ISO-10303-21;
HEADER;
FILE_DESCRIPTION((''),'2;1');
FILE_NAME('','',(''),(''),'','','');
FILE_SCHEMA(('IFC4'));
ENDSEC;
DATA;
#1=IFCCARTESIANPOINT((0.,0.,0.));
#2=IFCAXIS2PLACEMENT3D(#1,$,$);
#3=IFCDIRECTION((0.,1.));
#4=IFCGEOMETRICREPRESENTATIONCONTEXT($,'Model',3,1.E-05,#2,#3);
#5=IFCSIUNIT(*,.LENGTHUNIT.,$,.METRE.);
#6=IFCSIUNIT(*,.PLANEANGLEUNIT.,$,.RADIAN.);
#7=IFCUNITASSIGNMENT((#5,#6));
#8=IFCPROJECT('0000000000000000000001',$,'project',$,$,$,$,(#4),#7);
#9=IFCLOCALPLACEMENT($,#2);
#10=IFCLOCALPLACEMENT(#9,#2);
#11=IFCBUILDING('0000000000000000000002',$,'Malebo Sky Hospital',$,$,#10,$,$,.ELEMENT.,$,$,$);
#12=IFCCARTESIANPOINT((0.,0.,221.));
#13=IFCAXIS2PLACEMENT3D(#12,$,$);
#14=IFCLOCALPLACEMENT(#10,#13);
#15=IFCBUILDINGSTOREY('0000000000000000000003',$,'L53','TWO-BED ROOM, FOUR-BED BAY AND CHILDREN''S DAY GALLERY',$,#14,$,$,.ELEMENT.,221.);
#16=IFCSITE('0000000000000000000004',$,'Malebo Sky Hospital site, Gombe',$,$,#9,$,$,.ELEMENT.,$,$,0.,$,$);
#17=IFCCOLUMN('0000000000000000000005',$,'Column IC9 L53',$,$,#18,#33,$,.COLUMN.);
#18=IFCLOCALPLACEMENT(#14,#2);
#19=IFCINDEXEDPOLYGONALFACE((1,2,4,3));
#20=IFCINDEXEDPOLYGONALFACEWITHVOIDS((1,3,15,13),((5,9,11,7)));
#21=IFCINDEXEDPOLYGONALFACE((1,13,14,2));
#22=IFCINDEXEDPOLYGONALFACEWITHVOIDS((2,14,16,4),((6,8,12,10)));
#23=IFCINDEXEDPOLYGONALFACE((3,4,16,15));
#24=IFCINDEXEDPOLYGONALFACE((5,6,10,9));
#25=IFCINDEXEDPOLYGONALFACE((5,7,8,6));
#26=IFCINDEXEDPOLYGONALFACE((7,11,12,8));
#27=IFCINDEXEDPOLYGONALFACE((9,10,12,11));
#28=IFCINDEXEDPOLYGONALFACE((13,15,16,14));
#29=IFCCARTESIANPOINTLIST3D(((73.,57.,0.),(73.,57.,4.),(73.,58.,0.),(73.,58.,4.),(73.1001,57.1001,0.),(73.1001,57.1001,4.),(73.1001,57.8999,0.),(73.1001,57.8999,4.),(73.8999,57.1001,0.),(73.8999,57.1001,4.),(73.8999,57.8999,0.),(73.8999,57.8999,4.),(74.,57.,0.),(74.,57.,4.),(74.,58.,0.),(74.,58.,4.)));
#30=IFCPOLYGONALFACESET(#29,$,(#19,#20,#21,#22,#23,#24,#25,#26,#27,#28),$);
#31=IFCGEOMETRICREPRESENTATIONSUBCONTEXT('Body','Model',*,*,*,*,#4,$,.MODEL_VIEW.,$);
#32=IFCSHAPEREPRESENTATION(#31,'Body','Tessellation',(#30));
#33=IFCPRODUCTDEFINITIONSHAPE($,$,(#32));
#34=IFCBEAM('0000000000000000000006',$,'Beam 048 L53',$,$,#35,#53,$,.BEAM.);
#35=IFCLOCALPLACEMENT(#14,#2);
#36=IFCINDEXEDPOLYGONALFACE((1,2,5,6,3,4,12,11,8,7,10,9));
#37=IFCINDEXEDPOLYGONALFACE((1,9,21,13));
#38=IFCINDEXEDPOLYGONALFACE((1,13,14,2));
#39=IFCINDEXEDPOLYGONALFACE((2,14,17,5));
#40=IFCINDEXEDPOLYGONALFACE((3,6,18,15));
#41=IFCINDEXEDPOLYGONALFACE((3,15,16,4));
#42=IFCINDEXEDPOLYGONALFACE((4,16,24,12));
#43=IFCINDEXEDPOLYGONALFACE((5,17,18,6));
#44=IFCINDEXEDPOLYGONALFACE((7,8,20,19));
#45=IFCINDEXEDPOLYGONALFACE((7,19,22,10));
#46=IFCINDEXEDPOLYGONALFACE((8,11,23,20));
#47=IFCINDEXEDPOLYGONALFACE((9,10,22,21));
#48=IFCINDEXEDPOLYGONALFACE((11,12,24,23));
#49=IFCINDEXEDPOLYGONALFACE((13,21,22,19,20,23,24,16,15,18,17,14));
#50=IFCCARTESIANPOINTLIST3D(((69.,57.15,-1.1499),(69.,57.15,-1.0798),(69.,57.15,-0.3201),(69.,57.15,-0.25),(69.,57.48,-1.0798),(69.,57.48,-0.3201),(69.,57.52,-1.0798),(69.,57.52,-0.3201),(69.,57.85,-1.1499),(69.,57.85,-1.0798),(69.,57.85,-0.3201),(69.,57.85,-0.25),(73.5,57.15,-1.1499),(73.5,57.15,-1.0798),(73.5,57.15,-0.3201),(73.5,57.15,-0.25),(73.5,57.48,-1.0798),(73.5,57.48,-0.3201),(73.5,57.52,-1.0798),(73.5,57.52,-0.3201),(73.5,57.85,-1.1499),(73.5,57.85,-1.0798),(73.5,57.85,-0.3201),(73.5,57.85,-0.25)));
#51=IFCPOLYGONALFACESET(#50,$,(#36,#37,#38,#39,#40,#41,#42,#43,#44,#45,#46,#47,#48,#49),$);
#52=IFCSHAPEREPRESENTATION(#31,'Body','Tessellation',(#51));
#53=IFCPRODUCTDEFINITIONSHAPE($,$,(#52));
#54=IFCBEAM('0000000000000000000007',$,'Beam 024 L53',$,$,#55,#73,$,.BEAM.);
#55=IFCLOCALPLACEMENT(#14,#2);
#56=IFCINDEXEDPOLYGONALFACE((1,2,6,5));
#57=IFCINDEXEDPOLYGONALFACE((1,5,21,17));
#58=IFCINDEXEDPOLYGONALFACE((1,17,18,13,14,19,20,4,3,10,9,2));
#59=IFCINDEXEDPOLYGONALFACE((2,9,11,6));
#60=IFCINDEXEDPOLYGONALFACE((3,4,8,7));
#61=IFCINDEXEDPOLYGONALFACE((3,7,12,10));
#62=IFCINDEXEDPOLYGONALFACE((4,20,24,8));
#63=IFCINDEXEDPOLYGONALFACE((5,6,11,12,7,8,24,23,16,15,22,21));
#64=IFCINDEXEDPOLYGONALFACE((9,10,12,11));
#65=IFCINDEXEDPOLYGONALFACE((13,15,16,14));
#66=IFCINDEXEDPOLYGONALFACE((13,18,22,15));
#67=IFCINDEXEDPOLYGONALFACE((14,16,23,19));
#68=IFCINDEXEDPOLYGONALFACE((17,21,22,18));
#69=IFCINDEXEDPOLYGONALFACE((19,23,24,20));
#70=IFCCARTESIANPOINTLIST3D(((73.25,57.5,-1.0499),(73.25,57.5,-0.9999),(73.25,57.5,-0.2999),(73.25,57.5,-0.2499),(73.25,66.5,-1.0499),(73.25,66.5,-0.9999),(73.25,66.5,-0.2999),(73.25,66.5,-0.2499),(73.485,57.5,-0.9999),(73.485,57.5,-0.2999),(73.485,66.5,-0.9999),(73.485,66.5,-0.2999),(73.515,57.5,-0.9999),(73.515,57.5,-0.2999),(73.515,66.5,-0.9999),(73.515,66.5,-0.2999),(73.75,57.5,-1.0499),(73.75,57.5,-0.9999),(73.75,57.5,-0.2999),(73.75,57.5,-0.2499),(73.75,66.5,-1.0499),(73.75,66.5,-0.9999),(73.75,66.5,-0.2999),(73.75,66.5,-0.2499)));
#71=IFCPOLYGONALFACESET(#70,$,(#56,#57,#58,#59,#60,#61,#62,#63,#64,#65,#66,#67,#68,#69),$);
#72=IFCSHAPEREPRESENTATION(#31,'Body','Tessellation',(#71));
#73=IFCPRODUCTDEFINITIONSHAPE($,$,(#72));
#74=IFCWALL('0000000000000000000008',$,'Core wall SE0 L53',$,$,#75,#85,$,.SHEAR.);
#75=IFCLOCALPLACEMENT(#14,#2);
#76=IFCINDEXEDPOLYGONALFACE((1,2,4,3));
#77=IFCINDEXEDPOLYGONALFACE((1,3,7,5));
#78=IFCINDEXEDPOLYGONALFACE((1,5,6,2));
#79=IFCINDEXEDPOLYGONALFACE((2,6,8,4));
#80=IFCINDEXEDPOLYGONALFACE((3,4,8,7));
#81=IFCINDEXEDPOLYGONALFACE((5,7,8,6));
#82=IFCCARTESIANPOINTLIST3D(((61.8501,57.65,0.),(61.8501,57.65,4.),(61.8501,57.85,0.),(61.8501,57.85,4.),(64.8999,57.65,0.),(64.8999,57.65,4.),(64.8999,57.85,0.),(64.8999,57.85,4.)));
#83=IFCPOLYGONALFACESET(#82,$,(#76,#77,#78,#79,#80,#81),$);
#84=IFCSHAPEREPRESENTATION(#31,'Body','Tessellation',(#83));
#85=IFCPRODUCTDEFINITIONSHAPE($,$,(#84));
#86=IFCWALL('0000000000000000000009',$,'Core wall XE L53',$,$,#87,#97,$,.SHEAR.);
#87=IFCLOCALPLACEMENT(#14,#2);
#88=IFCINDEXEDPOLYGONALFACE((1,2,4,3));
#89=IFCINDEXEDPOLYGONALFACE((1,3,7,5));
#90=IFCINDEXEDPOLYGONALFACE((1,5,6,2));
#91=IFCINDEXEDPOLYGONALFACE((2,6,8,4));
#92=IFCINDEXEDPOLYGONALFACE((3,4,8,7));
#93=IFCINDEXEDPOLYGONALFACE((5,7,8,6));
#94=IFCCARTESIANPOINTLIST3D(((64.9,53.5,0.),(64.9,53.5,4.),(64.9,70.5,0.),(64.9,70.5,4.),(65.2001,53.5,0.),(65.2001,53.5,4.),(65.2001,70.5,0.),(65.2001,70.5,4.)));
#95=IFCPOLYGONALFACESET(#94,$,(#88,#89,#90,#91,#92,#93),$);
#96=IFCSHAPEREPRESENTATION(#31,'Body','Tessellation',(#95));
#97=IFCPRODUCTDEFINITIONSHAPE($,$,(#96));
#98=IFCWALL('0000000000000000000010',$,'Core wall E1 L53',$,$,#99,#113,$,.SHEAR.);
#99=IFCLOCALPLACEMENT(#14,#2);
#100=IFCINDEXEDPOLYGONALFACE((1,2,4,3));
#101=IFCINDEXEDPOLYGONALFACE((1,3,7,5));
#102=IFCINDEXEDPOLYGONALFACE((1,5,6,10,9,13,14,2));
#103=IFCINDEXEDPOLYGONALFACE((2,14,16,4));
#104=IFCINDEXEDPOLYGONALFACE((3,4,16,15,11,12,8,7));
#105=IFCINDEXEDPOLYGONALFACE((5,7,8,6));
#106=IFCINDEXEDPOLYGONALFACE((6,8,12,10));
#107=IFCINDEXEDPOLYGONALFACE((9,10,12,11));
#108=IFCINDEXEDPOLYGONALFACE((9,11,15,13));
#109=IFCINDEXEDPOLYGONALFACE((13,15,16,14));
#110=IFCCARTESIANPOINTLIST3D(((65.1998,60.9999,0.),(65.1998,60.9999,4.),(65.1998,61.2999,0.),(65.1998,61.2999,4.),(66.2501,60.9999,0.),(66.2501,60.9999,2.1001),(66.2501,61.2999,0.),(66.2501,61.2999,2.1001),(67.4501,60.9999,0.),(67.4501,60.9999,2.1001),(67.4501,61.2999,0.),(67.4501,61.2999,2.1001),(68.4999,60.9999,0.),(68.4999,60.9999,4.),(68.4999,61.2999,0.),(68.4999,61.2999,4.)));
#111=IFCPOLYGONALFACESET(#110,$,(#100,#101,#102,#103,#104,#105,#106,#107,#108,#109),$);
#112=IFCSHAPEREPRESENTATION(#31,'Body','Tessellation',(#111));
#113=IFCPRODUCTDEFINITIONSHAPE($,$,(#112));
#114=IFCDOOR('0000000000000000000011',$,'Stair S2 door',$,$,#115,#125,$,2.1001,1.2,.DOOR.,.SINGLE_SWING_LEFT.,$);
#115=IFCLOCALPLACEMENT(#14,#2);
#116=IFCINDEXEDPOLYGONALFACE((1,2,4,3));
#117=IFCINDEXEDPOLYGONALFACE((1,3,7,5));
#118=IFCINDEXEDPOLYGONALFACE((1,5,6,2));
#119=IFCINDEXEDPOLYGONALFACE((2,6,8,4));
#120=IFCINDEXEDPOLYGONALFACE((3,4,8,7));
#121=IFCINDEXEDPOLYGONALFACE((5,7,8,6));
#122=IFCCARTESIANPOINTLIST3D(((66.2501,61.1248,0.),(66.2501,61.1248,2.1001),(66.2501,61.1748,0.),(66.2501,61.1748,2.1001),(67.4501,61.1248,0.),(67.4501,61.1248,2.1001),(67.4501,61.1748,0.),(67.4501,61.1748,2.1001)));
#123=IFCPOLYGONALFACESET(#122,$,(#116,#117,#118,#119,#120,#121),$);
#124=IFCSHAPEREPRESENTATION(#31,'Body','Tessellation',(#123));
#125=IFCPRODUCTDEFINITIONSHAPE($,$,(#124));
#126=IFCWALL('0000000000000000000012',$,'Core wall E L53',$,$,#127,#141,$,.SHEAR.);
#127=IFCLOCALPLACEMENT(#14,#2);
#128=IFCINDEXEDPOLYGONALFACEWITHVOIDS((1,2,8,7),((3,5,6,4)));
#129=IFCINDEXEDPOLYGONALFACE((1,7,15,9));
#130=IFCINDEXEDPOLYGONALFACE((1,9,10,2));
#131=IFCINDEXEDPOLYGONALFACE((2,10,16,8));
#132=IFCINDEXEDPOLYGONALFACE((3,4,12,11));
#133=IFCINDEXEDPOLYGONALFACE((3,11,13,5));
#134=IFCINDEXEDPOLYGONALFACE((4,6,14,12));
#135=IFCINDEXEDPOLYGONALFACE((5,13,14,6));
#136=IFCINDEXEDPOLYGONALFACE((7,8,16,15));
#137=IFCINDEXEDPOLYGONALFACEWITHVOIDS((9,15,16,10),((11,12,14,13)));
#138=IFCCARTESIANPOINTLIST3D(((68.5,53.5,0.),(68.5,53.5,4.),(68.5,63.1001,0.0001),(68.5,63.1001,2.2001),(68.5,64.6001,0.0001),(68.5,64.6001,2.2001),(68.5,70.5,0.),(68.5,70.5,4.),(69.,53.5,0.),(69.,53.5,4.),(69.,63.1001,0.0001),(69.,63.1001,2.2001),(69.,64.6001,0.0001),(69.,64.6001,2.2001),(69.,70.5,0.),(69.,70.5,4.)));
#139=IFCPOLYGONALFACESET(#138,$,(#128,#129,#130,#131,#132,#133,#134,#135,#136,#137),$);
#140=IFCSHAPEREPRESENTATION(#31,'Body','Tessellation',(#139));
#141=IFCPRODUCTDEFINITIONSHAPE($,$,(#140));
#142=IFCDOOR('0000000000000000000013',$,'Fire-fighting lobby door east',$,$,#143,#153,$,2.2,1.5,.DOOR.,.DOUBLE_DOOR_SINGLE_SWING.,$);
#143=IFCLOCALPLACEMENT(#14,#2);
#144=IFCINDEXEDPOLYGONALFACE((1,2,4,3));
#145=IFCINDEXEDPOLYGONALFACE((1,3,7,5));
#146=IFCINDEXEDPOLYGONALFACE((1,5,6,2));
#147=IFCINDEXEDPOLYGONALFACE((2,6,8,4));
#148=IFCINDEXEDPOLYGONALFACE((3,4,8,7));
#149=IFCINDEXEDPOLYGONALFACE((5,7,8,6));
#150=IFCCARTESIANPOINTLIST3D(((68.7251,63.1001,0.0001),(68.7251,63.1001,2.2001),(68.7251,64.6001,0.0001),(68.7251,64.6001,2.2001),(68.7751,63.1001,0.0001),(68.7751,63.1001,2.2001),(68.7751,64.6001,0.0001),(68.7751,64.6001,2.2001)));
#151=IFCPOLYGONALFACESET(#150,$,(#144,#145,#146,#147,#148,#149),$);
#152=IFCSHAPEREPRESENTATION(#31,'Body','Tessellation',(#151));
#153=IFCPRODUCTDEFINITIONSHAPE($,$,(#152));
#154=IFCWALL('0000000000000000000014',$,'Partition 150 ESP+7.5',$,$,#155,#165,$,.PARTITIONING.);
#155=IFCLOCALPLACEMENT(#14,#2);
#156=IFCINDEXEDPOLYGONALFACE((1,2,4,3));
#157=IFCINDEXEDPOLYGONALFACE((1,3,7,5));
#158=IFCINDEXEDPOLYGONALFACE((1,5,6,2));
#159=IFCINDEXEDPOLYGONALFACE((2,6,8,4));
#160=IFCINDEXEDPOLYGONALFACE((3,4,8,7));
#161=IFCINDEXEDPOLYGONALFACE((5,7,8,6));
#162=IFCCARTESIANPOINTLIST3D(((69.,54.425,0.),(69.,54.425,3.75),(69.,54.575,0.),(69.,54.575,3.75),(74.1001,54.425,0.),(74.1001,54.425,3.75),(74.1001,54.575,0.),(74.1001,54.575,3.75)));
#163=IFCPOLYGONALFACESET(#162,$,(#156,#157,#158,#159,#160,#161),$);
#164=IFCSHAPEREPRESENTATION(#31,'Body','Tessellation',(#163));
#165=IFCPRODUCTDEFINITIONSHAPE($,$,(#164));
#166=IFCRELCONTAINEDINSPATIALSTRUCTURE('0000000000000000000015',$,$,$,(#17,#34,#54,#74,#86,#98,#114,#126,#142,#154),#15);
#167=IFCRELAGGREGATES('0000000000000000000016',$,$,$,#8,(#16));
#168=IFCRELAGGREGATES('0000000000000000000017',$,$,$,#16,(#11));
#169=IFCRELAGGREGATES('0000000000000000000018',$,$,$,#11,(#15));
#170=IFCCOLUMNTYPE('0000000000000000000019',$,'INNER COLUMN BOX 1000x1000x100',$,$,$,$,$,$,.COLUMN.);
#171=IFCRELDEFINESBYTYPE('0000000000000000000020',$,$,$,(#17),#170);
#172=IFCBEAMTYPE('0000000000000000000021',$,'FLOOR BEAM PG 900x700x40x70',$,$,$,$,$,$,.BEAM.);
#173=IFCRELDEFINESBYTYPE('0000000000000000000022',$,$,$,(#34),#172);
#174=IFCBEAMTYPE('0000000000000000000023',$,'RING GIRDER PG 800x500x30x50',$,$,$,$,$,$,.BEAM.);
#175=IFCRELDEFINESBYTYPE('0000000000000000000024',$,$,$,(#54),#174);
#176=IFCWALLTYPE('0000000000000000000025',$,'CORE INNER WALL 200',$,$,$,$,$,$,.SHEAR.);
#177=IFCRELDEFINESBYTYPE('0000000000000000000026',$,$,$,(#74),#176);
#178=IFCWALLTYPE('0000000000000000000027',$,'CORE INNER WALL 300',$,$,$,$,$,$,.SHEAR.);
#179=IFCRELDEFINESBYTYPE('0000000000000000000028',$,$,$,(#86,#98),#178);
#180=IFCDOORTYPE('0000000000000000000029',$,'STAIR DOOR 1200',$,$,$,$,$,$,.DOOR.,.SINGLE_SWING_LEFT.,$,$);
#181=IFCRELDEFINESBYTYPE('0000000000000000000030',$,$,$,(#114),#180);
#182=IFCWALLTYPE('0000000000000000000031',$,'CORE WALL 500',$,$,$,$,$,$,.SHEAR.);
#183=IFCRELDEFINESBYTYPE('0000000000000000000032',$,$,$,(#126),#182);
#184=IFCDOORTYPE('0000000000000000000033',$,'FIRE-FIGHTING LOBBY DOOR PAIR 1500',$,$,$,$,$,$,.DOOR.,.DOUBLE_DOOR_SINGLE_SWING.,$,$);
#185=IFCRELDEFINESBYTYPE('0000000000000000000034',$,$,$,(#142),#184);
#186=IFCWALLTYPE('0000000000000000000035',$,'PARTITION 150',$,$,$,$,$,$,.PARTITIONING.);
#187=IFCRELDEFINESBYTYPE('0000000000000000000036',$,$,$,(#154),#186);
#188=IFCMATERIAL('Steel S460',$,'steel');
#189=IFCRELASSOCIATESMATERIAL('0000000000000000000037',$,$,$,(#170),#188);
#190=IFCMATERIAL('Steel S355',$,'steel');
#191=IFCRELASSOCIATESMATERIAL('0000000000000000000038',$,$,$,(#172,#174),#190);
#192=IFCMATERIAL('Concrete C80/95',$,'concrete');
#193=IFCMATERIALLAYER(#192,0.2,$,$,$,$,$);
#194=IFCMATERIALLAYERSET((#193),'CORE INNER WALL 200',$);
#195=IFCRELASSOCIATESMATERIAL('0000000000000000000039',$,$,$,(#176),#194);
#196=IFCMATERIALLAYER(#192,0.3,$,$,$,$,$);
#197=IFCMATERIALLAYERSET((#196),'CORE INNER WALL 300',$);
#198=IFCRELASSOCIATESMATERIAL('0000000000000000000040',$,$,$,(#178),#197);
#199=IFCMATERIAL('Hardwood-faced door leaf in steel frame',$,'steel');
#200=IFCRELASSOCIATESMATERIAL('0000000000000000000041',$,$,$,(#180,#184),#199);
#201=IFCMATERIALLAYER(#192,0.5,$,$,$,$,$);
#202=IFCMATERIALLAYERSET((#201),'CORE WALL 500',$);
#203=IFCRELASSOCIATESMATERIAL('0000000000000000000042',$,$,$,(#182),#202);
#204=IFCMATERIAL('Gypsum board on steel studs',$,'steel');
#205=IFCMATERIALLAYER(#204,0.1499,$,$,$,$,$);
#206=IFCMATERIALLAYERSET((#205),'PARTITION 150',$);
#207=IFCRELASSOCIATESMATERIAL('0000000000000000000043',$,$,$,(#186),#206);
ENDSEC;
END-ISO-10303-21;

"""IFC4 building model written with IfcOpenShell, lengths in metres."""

from ifc_helpers import new_model, si_unit, direction, frame, frame_2d, origin, origin_2d, place, context, subcontext, project, spatial, rectangle, hollow_rectangle, i_section, extrude, material, layer, layer_set, material_profile, profile_set, type_object, element, fill, save


model = new_model("IFC4")

# Units and contexts
model_context = context("Model", 3, precision=1e-05, world=origin(), true_north=direction((0.0, 1.0)))
body_context = subcontext(model_context, "Body", "Model", "MODEL_VIEW")
ifc_project = project(units=[si_unit("LENGTHUNIT", "METRE"), si_unit("PLANEANGLEUNIT", "RADIAN")], contexts=[model_context])

# Site, building, storey
site_placement = place(None, origin())
site = spatial("IfcSite", under=ifc_project, at=site_placement, Name="Malebo Sky Hospital site, Gombe", CompositionType="ELEMENT", RefElevation=0.0)
building_placement = place(site_placement, origin())
building = spatial("IfcBuilding", under=site, at=building_placement, Name="Malebo Sky Hospital", CompositionType="ELEMENT")
storey_placement = place(building_placement, frame((0.0, 0.0, 221.0)))
storey = spatial("IfcBuildingStorey", under=building, at=storey_placement, Name="L53", Description="TWO-BED ROOM, FOUR-BED BAY AND CHILDREN'S DAY GALLERY", CompositionType="ELEMENT", Elevation=221.0)

# Column
ifc_material_1 = material(Name="Steel S460", Category="steel")
ifc_material_profile_1 = material_profile(ifc_material_1, hollow_rectangle(XDim=1.0, YDim=1.0, WallThickness=0.1001, at=origin_2d()), Name="BOX 1000x1000x100")
ifc_profile_set_1 = profile_set([ifc_material_profile_1], Name="Steel S460")
column_type = type_object("IfcColumnType", Name="INNER COLUMN BOX 1000x1000x100", PredefinedType="COLUMN", material=ifc_profile_set_1)
column_placement = place(storey_placement, frame((73.5, 57.5, 0.0), z_axis=(0.0, 0.0, 1.0), x_axis=(1.0, 0.0, 0.0)))
element("IfcColumn", 1, at=column_placement, inside=storey, type_object=column_type, Name="Column IC9 L53", PredefinedType="COLUMN", context=body_context, shape_type="SweptSolid", body=[
    extrude(hollow_rectangle(XDim=1.0, YDim=1.0, WallThickness=0.1001, at=origin_2d()), origin(), (0.0, 0.0, 1.0), 4.0),
])

# Beams
ifc_material_2 = material(Name="Steel S355", Category="steel")
ifc_material_profile_2 = material_profile(ifc_material_2, i_section(OverallWidth=0.7, OverallDepth=0.8999, WebThickness=0.04, FlangeThickness=0.0701, at=origin_2d()), Name="PG 900x700x40x70")
ifc_profile_set_2 = profile_set([ifc_material_profile_2], Name="Steel S355")
beam_type_1 = type_object("IfcBeamType", Name="FLOOR BEAM PG 900x700x40x70", PredefinedType="BEAM", material=ifc_profile_set_2)
beam_1_placement = place(storey_placement, frame((69.0, 57.5, -0.7), z_axis=(1.0, 0.0, 0.0), x_axis=(0.0, 1.0, 0.0)))
element("IfcBeam", 2, at=beam_1_placement, inside=storey, type_object=beam_type_1, Name="Beam 048 L53", PredefinedType="BEAM", context=body_context, shape_type="SweptSolid", body=[
    extrude(i_section(OverallWidth=0.7, OverallDepth=0.8999, WebThickness=0.04, FlangeThickness=0.0701, at=origin_2d()), origin(), (0.0, 0.0, 1.0), 4.5),
])
ifc_material_profile_3 = material_profile(ifc_material_2, i_section(OverallWidth=0.5, OverallDepth=0.8, WebThickness=0.03, FlangeThickness=0.05, at=origin_2d()), Name="PG 800x500x30x50")
ifc_profile_set_3 = profile_set([ifc_material_profile_3], Name="Steel S355")
beam_type_2 = type_object("IfcBeamType", Name="RING GIRDER PG 800x500x30x50", PredefinedType="BEAM", material=ifc_profile_set_3)
beam_2_placement = place(storey_placement, frame((73.5, 57.5, -0.6499), z_axis=(0.0, 1.0, 0.0), x_axis=(-1.0, 0.0, 0.0)))
element("IfcBeam", 3, at=beam_2_placement, inside=storey, type_object=beam_type_2, Name="Beam 024 L53", PredefinedType="BEAM", context=body_context, shape_type="SweptSolid", body=[
    extrude(i_section(OverallWidth=0.5, OverallDepth=0.8, WebThickness=0.03, FlangeThickness=0.05, at=origin_2d()), origin(), (0.0, 0.0, 1.0), 9.0),
])

# Walls
ifc_material_3 = material(Name="Concrete C80/95", Category="concrete")
ifc_layer_1 = layer(ifc_material_3, 0.2)
ifc_layer_set_1 = layer_set([ifc_layer_1], Name="CORE INNER WALL 200")
wall_type_1 = type_object("IfcWallType", Name="CORE INNER WALL 200", PredefinedType="SHEAR", material=ifc_layer_set_1)
wall_1_placement = place(storey_placement, frame((61.8501, 57.75, 0.0), z_axis=(0.0, 0.0, 1.0), x_axis=(1.0, 0.0, 0.0)))
element("IfcWall", 4, at=wall_1_placement, inside=storey, type_object=wall_type_1, Name="Core wall SE0 L53", PredefinedType="SHEAR", context=body_context, shape_type="SweptSolid", body=[
    extrude(rectangle(XDim=3.0498, YDim=0.2, at=frame_2d((1.5249, 0.0))), origin(), (0.0, 0.0, 1.0), 4.0),
])
ifc_layer_2 = layer(ifc_material_3, 0.3)
ifc_layer_set_2 = layer_set([ifc_layer_2], Name="CORE INNER WALL 300")
wall_type_2 = type_object("IfcWallType", Name="CORE INNER WALL 300", PredefinedType="SHEAR", material=ifc_layer_set_2)
wall_2_placement = place(storey_placement, frame((65.05, 53.5, 0.0), z_axis=(0.0, 0.0, 1.0), x_axis=(0.0, 1.0, 0.0)))
element("IfcWall", 5, at=wall_2_placement, inside=storey, type_object=wall_type_2, Name="Core wall XE L53", PredefinedType="SHEAR", context=body_context, shape_type="SweptSolid", body=[
    extrude(rectangle(XDim=17.0, YDim=0.3, at=frame_2d((8.5, 0.0))), origin(), (0.0, 0.0, 1.0), 4.0),
])

# Walls, openings, doors
wall_3_placement = place(storey_placement, frame((65.2, 61.1499, 0.0), z_axis=(0.0, 0.0, 1.0), x_axis=(1.0, 0.0, 0.0)))
wall_3 = element("IfcWall", 6, at=wall_3_placement, inside=storey, type_object=wall_type_2, Name="Core wall E1 L53", PredefinedType="SHEAR", context=body_context, shape_type="SweptSolid", body=[
    extrude(rectangle(XDim=3.3, YDim=0.3, at=frame_2d((1.6499, 0.0))), origin(), (0.0, 0.0, 1.0), 4.0),
])
opening_1_placement = place(wall_3_placement, frame((1.05, 0.0, 0.0)))
opening_1 = element("IfcOpeningElement", 7, at=opening_1_placement, cuts=wall_3, PredefinedType="OPENING", context=body_context, shape_type="SweptSolid", body=[
    extrude(rectangle(XDim=1.2, YDim=2.1001, at=frame_2d((0.6001, 1.05))), frame((0.0, 0.1599, 0.0), z_axis=(0.0, -1.0, 0.0), x_axis=(1.0, 0.0, 0.0)), (0.0, 0.0, 1.0), 0.3201),
])
ifc_material_4 = material(Name="Hardwood-faced door leaf in steel frame", Category="steel")
door_type_1 = type_object("IfcDoorType", Name="STAIR DOOR 1200", OperationType="SINGLE_SWING_LEFT", PredefinedType="DOOR", material=ifc_material_4)
door_1_placement = place(opening_1_placement, origin())
door_1 = element("IfcDoor", 8, at=door_1_placement, inside=storey, type_object=door_type_1, Name="Stair S2 door", OperationType="SINGLE_SWING_LEFT", OverallHeight=2.1001, OverallWidth=1.2, PredefinedType="DOOR", context=body_context, shape_type="SweptSolid", body=[
    extrude(rectangle(XDim=1.2, YDim=2.1001, at=frame_2d((0.6001, 1.05))), frame((0.0, 0.0249, 0.0), z_axis=(0.0, -1.0, 0.0), x_axis=(1.0, 0.0, 0.0)), (0.0, 0.0, 1.0), 0.05),
])
fill(opening_1, door_1)
ifc_layer_3 = layer(ifc_material_3, 0.5)
ifc_layer_set_3 = layer_set([ifc_layer_3], Name="CORE WALL 500")
wall_type_3 = type_object("IfcWallType", Name="CORE WALL 500", PredefinedType="SHEAR", material=ifc_layer_set_3)
wall_4_placement = place(storey_placement, frame((68.75, 53.5, 0.0), z_axis=(0.0, 0.0, 1.0), x_axis=(0.0, 1.0, 0.0)))
wall_4 = element("IfcWall", 9, at=wall_4_placement, inside=storey, type_object=wall_type_3, Name="Core wall E L53", PredefinedType="SHEAR", context=body_context, shape_type="SweptSolid", body=[
    extrude(rectangle(XDim=17.0, YDim=0.5, at=frame_2d((8.5, 0.0))), origin(), (0.0, 0.0, 1.0), 4.0),
])
opening_2_placement = place(wall_4_placement, frame((9.6001, 0.0, 0.0)))
opening_2 = element("IfcOpeningElement", 10, at=opening_2_placement, cuts=wall_4, PredefinedType="OPENING", context=body_context, shape_type="SweptSolid", body=[
    extrude(rectangle(XDim=1.5, YDim=2.2, at=frame_2d((0.75, 1.1001))), frame((0.0, 0.26, 0.0), z_axis=(0.0, -1.0, 0.0), x_axis=(1.0, 0.0, 0.0)), (0.0, 0.0, 1.0), 0.52),
])
door_type_2 = type_object("IfcDoorType", Name="FIRE-FIGHTING LOBBY DOOR PAIR 1500", OperationType="DOUBLE_DOOR_SINGLE_SWING", PredefinedType="DOOR", material=ifc_material_4)
door_2_placement = place(opening_2_placement, origin())
door_2 = element("IfcDoor", 11, at=door_2_placement, inside=storey, type_object=door_type_2, Name="Fire-fighting lobby door east", OperationType="DOUBLE_DOOR_SINGLE_SWING", OverallHeight=2.2, OverallWidth=1.5, PredefinedType="DOOR", context=body_context, shape_type="SweptSolid", body=[
    extrude(rectangle(XDim=1.5, YDim=2.2, at=frame_2d((0.75, 1.1001))), frame((0.0, 0.0249, 0.0), z_axis=(0.0, -1.0, 0.0), x_axis=(1.0, 0.0, 0.0)), (0.0, 0.0, 1.0), 0.05),
])
fill(opening_2, door_2)

# Wall
ifc_material_5 = material(Name="Gypsum board on steel studs", Category="steel")
ifc_layer_4 = layer(ifc_material_5, 0.1499)
ifc_layer_set_4 = layer_set([ifc_layer_4], Name="PARTITION 150")
wall_type_4 = type_object("IfcWallType", Name="PARTITION 150", PredefinedType="PARTITIONING", material=ifc_layer_set_4)
wall_5_placement = place(storey_placement, frame((69.0, 54.5, 0.0), z_axis=(0.0, 0.0, 1.0), x_axis=(1.0, 0.0, 0.0)))
element("IfcWall", 12, at=wall_5_placement, inside=storey, type_object=wall_type_4, Name="Partition 150 ESP+7.5", PredefinedType="PARTITIONING", context=body_context, shape_type="SweptSolid", body=[
    extrude(rectangle(XDim=5.1001, YDim=0.1499, at=frame_2d((2.55, 0.0))), origin(), (0.0, 0.0, 1.0), 3.75),
])

save(model, "model.ifc")
